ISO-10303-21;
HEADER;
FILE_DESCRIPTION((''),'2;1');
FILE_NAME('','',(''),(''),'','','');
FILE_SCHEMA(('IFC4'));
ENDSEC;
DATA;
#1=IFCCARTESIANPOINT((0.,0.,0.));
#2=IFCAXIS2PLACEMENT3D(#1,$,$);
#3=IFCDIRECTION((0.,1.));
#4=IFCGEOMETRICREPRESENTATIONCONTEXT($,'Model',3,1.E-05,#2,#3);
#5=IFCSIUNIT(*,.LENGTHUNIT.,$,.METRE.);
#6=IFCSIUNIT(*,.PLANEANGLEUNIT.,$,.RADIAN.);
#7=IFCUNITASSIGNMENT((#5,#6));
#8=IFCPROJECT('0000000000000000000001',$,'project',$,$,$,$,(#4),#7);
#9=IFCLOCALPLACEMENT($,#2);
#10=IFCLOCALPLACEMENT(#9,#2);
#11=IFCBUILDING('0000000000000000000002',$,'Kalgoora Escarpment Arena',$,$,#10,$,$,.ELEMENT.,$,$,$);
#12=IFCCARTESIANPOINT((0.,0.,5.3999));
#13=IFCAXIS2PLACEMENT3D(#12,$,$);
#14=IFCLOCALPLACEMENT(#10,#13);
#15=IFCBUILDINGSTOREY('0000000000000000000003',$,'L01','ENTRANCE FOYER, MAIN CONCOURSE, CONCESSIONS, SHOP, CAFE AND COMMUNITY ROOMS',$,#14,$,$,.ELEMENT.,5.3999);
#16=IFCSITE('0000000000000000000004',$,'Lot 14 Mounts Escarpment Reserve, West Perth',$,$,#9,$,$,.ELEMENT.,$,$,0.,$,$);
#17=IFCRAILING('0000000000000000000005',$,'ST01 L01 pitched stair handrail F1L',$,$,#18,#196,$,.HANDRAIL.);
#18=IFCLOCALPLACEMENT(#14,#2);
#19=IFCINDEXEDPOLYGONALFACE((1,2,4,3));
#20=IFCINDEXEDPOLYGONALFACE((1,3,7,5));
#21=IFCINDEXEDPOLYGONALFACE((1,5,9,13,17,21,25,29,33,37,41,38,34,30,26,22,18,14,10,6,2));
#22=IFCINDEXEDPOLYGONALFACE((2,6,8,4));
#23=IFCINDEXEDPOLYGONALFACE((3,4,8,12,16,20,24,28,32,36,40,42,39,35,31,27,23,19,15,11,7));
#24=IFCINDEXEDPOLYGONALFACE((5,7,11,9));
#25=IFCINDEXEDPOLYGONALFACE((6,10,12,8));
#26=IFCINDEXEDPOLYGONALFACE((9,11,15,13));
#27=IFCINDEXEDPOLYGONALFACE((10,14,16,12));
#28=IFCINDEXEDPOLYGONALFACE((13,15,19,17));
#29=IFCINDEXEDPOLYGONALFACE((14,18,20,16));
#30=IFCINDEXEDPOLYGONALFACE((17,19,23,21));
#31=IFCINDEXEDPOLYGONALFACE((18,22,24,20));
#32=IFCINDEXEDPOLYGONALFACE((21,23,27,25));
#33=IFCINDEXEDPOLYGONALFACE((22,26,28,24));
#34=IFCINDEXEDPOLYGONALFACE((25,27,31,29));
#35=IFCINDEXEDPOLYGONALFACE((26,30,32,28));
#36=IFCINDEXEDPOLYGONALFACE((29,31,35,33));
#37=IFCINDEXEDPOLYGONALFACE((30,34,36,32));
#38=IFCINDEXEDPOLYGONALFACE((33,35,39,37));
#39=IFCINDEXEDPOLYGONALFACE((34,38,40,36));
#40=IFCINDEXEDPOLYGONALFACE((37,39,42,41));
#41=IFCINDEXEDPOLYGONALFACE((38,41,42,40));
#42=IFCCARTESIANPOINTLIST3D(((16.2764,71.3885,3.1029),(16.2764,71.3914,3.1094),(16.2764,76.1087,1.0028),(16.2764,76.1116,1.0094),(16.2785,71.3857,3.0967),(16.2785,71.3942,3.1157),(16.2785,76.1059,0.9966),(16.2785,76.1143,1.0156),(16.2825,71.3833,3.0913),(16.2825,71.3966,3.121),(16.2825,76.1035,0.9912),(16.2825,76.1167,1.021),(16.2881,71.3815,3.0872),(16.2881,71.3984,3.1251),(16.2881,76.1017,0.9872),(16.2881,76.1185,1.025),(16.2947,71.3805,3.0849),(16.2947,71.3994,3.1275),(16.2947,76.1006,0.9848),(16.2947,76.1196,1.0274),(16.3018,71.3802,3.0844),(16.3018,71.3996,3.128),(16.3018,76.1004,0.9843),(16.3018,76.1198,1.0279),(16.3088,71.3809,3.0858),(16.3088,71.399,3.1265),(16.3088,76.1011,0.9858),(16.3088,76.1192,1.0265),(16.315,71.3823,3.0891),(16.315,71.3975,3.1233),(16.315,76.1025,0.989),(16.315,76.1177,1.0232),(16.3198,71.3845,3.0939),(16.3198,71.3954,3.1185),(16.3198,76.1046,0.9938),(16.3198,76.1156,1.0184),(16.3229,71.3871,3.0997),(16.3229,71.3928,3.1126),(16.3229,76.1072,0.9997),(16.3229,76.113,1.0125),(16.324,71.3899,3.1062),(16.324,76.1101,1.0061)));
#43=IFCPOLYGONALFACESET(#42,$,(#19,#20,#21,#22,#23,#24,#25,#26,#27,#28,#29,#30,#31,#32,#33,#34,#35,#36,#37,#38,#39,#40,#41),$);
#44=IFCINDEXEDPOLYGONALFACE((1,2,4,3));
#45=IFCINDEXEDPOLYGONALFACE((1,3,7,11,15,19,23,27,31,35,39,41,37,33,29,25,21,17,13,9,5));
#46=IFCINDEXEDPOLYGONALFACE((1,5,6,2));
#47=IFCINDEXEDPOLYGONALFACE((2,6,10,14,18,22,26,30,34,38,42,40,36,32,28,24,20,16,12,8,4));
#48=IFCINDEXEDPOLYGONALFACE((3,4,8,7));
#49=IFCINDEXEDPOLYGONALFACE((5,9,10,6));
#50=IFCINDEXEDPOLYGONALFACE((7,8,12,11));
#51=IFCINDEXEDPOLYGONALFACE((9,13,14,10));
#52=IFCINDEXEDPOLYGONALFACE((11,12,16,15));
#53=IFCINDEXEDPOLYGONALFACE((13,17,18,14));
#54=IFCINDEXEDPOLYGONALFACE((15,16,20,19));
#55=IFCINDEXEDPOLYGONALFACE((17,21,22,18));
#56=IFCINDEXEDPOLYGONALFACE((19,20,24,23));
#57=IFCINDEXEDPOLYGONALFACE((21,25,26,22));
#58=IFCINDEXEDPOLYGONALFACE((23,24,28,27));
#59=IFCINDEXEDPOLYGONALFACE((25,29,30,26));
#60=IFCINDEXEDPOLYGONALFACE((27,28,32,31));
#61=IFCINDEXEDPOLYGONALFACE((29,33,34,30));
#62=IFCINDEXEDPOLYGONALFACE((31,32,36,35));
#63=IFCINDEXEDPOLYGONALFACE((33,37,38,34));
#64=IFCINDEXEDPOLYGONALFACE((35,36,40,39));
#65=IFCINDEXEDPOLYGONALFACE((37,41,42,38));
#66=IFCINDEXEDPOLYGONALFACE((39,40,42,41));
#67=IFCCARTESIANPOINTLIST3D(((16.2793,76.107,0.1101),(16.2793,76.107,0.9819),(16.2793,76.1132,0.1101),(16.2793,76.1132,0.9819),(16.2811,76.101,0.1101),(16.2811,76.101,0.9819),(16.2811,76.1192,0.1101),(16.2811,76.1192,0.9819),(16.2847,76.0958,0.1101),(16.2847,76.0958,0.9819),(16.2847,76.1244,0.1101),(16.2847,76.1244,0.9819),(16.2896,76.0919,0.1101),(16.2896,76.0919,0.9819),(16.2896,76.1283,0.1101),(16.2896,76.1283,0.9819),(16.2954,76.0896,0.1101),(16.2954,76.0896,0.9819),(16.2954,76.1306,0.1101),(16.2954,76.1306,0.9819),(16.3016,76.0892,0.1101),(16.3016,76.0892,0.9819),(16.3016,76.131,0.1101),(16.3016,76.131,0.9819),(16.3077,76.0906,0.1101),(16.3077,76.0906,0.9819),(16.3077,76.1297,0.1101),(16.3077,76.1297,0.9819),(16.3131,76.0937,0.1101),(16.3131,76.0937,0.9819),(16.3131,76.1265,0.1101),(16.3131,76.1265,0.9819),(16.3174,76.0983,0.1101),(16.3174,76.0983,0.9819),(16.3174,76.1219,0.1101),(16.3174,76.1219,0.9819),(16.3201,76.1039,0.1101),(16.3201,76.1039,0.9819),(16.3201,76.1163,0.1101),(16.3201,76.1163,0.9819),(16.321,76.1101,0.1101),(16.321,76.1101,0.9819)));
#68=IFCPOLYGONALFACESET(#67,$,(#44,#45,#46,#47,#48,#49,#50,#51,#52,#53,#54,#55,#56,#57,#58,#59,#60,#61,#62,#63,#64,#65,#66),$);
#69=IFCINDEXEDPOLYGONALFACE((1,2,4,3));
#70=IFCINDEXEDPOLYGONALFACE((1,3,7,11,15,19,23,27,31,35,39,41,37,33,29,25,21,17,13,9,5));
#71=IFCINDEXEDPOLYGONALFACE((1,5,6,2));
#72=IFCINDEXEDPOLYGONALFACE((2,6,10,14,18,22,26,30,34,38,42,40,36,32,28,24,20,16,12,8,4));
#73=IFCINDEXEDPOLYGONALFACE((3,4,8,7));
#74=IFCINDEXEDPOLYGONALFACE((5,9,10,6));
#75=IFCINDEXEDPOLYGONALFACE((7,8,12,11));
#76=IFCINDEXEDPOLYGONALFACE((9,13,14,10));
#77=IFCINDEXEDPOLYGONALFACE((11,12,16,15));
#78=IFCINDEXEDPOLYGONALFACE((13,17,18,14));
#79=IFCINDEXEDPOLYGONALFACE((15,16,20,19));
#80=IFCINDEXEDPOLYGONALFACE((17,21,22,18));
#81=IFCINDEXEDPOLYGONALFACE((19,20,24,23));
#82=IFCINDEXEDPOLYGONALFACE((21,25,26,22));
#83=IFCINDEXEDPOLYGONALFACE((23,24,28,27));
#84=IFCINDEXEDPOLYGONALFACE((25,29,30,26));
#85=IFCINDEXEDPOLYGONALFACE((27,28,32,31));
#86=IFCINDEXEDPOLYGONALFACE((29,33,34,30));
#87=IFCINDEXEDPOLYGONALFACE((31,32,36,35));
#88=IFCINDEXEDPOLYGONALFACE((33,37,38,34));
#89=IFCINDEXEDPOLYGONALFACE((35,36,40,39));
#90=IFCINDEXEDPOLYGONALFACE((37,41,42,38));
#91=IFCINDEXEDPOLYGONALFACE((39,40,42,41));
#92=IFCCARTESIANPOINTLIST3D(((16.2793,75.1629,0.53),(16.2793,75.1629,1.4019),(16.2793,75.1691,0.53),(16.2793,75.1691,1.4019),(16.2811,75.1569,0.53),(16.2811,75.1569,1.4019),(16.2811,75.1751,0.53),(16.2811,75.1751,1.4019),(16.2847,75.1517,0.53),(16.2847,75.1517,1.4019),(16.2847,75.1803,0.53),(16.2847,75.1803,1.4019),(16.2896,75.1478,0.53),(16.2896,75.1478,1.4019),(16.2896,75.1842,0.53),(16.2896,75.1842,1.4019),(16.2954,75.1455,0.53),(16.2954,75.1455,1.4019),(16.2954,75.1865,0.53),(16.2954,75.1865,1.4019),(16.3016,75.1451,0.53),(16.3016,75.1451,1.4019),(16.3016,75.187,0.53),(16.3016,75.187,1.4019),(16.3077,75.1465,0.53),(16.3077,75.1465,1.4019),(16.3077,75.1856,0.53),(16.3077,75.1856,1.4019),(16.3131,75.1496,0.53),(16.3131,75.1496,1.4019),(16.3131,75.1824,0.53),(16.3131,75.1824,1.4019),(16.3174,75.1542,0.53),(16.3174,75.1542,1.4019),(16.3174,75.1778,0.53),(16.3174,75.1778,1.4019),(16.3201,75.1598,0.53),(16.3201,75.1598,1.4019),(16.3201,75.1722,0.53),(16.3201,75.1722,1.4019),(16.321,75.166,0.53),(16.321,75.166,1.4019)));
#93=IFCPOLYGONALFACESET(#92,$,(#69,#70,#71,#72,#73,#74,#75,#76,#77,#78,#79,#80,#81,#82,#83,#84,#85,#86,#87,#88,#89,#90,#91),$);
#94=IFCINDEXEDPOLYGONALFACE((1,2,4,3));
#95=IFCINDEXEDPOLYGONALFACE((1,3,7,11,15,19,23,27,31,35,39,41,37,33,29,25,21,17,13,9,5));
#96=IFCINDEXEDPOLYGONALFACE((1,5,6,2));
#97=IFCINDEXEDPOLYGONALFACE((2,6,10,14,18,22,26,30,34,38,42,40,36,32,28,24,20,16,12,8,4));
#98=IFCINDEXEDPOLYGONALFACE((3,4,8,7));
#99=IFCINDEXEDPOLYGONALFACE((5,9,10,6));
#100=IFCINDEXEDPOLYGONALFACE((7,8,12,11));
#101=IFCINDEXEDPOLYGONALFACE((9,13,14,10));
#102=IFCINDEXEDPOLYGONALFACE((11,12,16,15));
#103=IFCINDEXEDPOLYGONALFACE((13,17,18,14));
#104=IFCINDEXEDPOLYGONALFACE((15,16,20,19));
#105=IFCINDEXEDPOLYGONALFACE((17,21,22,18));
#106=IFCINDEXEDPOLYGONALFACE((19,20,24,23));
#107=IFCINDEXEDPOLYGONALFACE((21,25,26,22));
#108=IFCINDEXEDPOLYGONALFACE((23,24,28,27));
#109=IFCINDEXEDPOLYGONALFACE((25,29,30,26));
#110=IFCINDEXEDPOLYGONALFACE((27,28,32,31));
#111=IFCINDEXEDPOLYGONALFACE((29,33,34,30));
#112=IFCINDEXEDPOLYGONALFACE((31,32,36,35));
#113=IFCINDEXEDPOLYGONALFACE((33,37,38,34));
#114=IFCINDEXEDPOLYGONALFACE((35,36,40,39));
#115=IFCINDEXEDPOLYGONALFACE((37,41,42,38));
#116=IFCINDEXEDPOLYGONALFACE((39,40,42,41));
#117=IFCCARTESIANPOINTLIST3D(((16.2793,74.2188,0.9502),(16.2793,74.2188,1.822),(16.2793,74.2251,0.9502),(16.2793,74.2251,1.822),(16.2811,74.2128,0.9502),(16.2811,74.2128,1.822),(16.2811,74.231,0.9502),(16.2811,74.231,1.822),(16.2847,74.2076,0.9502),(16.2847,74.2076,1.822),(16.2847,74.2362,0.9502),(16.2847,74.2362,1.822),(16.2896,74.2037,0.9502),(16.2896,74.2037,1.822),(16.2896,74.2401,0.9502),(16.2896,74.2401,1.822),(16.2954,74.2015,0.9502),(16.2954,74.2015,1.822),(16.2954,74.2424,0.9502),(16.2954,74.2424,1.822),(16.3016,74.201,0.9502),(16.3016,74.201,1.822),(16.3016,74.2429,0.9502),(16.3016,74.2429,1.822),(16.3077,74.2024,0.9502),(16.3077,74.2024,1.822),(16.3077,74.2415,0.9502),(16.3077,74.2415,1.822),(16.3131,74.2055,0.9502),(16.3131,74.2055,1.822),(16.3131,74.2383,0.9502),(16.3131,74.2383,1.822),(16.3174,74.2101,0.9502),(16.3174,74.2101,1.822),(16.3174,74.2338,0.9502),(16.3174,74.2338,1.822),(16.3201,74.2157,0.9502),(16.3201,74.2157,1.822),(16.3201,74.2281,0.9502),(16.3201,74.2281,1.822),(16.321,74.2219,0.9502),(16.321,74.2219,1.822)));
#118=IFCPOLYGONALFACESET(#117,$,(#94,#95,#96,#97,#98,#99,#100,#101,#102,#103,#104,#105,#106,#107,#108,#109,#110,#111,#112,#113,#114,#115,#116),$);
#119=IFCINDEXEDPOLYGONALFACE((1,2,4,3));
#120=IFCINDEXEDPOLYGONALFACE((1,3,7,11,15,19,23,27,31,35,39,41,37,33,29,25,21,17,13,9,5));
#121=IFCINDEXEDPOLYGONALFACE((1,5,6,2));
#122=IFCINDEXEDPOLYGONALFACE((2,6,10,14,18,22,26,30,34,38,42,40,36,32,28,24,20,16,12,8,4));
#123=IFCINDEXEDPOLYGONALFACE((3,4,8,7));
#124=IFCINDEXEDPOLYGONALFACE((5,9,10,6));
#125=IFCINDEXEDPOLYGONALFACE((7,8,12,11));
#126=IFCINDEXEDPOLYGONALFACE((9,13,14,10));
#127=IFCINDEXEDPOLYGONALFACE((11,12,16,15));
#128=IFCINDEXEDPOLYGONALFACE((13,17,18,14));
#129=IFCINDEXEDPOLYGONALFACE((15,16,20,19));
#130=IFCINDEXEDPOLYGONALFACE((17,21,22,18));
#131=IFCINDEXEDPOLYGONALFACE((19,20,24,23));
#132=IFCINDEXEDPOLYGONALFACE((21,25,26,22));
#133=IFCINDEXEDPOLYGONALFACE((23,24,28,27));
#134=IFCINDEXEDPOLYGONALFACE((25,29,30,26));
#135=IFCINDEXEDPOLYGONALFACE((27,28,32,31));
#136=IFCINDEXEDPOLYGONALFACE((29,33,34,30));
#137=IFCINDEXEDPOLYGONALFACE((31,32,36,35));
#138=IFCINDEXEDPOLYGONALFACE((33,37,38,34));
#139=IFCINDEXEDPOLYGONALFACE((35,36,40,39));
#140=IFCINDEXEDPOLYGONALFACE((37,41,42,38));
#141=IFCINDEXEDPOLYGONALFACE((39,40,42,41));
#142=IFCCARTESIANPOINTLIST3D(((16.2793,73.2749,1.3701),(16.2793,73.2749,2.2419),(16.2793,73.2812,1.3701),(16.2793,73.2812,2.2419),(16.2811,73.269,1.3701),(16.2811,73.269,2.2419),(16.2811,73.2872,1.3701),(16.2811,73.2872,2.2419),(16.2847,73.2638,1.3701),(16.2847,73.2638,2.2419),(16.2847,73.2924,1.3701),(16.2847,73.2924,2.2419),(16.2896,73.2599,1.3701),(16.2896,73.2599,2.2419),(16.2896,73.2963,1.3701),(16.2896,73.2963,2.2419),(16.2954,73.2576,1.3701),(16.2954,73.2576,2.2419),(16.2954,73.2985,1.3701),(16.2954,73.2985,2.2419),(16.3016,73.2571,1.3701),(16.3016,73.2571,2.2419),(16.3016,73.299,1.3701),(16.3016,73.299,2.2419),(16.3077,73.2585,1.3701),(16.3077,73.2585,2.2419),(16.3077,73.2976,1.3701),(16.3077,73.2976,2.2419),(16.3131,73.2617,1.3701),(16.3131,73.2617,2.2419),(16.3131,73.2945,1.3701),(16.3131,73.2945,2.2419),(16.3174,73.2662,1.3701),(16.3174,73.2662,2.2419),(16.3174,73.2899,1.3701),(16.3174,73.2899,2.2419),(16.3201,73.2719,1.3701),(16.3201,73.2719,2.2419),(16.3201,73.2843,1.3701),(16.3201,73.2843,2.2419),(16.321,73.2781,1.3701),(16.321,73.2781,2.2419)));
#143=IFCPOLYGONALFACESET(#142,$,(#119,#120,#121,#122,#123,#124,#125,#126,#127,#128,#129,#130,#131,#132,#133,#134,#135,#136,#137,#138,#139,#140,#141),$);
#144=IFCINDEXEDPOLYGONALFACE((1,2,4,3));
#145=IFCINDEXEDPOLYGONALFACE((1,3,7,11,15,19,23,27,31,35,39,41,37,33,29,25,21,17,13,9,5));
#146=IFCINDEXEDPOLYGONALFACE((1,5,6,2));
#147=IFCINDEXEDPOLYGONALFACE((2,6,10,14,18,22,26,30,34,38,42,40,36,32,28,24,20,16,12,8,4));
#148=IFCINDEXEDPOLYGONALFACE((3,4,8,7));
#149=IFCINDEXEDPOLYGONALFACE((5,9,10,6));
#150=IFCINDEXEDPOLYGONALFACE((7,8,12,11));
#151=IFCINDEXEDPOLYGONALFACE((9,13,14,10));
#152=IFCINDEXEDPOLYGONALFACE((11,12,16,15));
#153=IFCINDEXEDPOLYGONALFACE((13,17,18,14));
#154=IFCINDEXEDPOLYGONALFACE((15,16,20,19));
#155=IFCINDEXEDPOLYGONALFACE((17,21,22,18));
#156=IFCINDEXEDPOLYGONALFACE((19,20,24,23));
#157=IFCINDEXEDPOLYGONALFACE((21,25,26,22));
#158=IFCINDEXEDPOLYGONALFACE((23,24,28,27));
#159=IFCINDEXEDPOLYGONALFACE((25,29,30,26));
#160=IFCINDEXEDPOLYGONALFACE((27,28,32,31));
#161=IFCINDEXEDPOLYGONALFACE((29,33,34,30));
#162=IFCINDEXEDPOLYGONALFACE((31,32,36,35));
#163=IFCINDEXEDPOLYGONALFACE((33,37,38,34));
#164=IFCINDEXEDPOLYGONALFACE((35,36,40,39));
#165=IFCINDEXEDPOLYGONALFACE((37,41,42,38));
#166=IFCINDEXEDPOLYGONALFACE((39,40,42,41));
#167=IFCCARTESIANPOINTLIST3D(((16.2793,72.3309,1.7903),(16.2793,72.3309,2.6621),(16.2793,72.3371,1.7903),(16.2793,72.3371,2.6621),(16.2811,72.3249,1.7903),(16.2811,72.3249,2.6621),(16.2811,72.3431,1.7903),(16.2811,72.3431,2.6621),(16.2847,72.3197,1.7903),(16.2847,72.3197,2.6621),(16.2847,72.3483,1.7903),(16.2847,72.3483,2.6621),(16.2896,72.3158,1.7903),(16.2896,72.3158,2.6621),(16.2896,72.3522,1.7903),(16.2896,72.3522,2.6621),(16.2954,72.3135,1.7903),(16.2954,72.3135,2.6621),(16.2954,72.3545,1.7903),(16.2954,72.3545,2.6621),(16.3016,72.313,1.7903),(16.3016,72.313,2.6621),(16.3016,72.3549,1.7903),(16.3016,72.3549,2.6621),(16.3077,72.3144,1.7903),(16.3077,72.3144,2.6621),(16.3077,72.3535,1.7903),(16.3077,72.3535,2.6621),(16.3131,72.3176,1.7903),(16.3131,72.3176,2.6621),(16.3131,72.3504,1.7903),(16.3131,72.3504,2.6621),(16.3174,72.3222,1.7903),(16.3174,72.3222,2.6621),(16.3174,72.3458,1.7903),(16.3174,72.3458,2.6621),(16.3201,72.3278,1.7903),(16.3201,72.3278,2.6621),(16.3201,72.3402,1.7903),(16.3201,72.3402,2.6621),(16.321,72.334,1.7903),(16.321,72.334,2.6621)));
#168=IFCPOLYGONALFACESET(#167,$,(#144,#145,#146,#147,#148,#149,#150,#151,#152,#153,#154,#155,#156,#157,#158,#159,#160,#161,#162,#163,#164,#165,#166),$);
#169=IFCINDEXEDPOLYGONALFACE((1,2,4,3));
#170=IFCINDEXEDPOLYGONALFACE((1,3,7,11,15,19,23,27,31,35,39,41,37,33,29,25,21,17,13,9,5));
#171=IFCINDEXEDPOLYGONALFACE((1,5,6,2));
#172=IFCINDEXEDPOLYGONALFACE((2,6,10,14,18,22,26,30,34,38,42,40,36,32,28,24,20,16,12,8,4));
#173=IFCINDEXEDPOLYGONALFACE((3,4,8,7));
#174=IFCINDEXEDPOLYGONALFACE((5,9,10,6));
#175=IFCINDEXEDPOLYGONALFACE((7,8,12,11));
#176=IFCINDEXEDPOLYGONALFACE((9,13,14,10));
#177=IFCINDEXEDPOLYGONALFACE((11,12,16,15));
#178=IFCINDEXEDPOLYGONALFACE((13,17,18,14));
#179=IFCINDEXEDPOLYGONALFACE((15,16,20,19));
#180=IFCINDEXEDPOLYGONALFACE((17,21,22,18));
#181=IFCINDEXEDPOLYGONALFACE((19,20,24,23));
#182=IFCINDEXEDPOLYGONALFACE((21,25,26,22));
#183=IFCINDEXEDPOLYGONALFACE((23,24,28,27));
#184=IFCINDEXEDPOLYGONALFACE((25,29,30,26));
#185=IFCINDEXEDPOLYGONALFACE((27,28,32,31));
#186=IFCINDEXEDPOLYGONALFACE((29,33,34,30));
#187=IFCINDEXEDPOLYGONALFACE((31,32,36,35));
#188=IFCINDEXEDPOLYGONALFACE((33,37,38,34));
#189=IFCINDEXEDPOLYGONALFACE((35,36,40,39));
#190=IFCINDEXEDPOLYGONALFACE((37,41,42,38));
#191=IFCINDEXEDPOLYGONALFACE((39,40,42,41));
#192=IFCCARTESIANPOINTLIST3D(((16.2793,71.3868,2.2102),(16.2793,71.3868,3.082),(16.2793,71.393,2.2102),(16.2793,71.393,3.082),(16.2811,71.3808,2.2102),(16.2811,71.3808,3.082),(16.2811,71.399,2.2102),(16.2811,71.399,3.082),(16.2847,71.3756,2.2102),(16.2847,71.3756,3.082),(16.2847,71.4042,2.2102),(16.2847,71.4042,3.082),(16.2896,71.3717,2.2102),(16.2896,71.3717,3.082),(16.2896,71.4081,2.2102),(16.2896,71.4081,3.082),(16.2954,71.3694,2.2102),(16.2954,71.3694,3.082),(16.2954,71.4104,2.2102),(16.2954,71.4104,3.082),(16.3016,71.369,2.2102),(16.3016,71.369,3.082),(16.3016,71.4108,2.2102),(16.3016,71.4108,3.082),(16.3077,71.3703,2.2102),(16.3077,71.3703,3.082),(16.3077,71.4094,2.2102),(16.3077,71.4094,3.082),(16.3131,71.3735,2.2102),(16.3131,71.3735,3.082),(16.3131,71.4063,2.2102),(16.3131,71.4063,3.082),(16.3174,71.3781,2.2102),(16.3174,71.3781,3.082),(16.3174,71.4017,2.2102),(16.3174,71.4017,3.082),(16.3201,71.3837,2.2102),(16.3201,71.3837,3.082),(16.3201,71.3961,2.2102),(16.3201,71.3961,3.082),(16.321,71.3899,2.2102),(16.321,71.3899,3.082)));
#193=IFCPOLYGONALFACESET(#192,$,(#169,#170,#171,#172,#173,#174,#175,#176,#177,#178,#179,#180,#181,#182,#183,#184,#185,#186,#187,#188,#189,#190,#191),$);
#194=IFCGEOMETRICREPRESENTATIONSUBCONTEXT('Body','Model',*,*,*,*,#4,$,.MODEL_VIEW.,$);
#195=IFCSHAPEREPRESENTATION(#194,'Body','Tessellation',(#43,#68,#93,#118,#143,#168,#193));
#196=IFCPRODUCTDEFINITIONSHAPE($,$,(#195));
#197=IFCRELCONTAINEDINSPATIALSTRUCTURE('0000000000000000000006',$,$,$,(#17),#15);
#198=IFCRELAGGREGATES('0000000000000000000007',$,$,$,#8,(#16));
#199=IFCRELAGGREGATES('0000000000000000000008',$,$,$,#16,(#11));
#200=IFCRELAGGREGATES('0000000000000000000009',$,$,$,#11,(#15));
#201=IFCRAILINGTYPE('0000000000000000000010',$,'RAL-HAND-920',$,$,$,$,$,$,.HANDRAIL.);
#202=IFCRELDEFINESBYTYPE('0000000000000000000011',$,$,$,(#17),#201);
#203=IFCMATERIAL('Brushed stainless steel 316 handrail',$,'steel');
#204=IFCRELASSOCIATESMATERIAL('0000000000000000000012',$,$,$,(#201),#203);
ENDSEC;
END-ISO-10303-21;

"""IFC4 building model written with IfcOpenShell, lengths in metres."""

from ifc_helpers import new_model, si_unit, direction, frame, origin, origin_2d, place, context, subcontext, project, spatial, circle, extrude, material, type_object, element, save


model = new_model("IFC4")

# Units and contexts
model_context = context("Model", 3, precision=1e-05, world=origin(), true_north=direction((0.0, 1.0)))
body_context = subcontext(model_context, "Body", "Model", "MODEL_VIEW")
ifc_project = project(units=[si_unit("LENGTHUNIT", "METRE"), si_unit("PLANEANGLEUNIT", "RADIAN")], contexts=[model_context])

# Site, building, storey
site_placement = place(None, origin())
site = spatial("IfcSite", under=ifc_project, at=site_placement, Name="Lot 14 Mounts Escarpment Reserve, West Perth", CompositionType="ELEMENT", RefElevation=0.0)
building_placement = place(site_placement, origin())
building = spatial("IfcBuilding", under=site, at=building_placement, Name="Kalgoora Escarpment Arena", CompositionType="ELEMENT")
storey_placement = place(building_placement, frame((0.0, 0.0, 5.3999)))
storey = spatial("IfcBuildingStorey", under=building, at=storey_placement, Name="L01", Description="ENTRANCE FOYER, MAIN CONCOURSE, CONCESSIONS, SHOP, CAFE AND COMMUNITY ROOMS", CompositionType="ELEMENT", Elevation=5.3999)

# Railing
ifc_material_1 = material(Name="Brushed stainless steel 316 handrail", Category="steel")
railing_type_1 = type_object("IfcRailingType", Name="RAL-HAND-920", PredefinedType="HANDRAIL", material=ifc_material_1)
for number, where, name in (
    (1, (16.3, 76.1101, 0.1101), "ST01 L01 pitched stair handrail F1L"),
):
    element("IfcRailing", number, at=place(storey_placement, frame(where)), inside=storey, type_object=railing_type_1, Name=name, PredefinedType="HANDRAIL", context=body_context, shape_type="SweptSolid", body=[
        extrude(circle(Radius=0.0239, at=origin_2d()), frame((0.0, 0.0, 0.896), z_axis=(0.0, -0.913652, 0.406498), x_axis=(1.0, 0.0, 0.0)), (0.0, 0.0, 1.0), 5.1663),
        extrude(circle(Radius=0.021, at=origin_2d()), origin(), (0.0, 0.0, 1.0), 0.8718),
        extrude(circle(Radius=0.021, at=origin_2d()), frame((0.0, -0.9441, 0.4199)), (0.0, 0.0, 1.0), 0.8718),
        extrude(circle(Radius=0.021, at=origin_2d()), frame((0.0, -1.8882, 0.8401)), (0.0, 0.0, 1.0), 0.8718),
        extrude(circle(Radius=0.021, at=origin_2d()), frame((0.0, -2.832, 1.26)), (0.0, 0.0, 1.0), 0.8718),
        extrude(circle(Radius=0.021, at=origin_2d()), frame((0.0, -3.7761, 1.6802)), (0.0, 0.0, 1.0), 0.8718),
        extrude(circle(Radius=0.021, at=origin_2d()), frame((0.0, -4.7202, 2.1001)), (0.0, 0.0, 1.0), 0.8718),
    ])

save(model, "model.ifc")
